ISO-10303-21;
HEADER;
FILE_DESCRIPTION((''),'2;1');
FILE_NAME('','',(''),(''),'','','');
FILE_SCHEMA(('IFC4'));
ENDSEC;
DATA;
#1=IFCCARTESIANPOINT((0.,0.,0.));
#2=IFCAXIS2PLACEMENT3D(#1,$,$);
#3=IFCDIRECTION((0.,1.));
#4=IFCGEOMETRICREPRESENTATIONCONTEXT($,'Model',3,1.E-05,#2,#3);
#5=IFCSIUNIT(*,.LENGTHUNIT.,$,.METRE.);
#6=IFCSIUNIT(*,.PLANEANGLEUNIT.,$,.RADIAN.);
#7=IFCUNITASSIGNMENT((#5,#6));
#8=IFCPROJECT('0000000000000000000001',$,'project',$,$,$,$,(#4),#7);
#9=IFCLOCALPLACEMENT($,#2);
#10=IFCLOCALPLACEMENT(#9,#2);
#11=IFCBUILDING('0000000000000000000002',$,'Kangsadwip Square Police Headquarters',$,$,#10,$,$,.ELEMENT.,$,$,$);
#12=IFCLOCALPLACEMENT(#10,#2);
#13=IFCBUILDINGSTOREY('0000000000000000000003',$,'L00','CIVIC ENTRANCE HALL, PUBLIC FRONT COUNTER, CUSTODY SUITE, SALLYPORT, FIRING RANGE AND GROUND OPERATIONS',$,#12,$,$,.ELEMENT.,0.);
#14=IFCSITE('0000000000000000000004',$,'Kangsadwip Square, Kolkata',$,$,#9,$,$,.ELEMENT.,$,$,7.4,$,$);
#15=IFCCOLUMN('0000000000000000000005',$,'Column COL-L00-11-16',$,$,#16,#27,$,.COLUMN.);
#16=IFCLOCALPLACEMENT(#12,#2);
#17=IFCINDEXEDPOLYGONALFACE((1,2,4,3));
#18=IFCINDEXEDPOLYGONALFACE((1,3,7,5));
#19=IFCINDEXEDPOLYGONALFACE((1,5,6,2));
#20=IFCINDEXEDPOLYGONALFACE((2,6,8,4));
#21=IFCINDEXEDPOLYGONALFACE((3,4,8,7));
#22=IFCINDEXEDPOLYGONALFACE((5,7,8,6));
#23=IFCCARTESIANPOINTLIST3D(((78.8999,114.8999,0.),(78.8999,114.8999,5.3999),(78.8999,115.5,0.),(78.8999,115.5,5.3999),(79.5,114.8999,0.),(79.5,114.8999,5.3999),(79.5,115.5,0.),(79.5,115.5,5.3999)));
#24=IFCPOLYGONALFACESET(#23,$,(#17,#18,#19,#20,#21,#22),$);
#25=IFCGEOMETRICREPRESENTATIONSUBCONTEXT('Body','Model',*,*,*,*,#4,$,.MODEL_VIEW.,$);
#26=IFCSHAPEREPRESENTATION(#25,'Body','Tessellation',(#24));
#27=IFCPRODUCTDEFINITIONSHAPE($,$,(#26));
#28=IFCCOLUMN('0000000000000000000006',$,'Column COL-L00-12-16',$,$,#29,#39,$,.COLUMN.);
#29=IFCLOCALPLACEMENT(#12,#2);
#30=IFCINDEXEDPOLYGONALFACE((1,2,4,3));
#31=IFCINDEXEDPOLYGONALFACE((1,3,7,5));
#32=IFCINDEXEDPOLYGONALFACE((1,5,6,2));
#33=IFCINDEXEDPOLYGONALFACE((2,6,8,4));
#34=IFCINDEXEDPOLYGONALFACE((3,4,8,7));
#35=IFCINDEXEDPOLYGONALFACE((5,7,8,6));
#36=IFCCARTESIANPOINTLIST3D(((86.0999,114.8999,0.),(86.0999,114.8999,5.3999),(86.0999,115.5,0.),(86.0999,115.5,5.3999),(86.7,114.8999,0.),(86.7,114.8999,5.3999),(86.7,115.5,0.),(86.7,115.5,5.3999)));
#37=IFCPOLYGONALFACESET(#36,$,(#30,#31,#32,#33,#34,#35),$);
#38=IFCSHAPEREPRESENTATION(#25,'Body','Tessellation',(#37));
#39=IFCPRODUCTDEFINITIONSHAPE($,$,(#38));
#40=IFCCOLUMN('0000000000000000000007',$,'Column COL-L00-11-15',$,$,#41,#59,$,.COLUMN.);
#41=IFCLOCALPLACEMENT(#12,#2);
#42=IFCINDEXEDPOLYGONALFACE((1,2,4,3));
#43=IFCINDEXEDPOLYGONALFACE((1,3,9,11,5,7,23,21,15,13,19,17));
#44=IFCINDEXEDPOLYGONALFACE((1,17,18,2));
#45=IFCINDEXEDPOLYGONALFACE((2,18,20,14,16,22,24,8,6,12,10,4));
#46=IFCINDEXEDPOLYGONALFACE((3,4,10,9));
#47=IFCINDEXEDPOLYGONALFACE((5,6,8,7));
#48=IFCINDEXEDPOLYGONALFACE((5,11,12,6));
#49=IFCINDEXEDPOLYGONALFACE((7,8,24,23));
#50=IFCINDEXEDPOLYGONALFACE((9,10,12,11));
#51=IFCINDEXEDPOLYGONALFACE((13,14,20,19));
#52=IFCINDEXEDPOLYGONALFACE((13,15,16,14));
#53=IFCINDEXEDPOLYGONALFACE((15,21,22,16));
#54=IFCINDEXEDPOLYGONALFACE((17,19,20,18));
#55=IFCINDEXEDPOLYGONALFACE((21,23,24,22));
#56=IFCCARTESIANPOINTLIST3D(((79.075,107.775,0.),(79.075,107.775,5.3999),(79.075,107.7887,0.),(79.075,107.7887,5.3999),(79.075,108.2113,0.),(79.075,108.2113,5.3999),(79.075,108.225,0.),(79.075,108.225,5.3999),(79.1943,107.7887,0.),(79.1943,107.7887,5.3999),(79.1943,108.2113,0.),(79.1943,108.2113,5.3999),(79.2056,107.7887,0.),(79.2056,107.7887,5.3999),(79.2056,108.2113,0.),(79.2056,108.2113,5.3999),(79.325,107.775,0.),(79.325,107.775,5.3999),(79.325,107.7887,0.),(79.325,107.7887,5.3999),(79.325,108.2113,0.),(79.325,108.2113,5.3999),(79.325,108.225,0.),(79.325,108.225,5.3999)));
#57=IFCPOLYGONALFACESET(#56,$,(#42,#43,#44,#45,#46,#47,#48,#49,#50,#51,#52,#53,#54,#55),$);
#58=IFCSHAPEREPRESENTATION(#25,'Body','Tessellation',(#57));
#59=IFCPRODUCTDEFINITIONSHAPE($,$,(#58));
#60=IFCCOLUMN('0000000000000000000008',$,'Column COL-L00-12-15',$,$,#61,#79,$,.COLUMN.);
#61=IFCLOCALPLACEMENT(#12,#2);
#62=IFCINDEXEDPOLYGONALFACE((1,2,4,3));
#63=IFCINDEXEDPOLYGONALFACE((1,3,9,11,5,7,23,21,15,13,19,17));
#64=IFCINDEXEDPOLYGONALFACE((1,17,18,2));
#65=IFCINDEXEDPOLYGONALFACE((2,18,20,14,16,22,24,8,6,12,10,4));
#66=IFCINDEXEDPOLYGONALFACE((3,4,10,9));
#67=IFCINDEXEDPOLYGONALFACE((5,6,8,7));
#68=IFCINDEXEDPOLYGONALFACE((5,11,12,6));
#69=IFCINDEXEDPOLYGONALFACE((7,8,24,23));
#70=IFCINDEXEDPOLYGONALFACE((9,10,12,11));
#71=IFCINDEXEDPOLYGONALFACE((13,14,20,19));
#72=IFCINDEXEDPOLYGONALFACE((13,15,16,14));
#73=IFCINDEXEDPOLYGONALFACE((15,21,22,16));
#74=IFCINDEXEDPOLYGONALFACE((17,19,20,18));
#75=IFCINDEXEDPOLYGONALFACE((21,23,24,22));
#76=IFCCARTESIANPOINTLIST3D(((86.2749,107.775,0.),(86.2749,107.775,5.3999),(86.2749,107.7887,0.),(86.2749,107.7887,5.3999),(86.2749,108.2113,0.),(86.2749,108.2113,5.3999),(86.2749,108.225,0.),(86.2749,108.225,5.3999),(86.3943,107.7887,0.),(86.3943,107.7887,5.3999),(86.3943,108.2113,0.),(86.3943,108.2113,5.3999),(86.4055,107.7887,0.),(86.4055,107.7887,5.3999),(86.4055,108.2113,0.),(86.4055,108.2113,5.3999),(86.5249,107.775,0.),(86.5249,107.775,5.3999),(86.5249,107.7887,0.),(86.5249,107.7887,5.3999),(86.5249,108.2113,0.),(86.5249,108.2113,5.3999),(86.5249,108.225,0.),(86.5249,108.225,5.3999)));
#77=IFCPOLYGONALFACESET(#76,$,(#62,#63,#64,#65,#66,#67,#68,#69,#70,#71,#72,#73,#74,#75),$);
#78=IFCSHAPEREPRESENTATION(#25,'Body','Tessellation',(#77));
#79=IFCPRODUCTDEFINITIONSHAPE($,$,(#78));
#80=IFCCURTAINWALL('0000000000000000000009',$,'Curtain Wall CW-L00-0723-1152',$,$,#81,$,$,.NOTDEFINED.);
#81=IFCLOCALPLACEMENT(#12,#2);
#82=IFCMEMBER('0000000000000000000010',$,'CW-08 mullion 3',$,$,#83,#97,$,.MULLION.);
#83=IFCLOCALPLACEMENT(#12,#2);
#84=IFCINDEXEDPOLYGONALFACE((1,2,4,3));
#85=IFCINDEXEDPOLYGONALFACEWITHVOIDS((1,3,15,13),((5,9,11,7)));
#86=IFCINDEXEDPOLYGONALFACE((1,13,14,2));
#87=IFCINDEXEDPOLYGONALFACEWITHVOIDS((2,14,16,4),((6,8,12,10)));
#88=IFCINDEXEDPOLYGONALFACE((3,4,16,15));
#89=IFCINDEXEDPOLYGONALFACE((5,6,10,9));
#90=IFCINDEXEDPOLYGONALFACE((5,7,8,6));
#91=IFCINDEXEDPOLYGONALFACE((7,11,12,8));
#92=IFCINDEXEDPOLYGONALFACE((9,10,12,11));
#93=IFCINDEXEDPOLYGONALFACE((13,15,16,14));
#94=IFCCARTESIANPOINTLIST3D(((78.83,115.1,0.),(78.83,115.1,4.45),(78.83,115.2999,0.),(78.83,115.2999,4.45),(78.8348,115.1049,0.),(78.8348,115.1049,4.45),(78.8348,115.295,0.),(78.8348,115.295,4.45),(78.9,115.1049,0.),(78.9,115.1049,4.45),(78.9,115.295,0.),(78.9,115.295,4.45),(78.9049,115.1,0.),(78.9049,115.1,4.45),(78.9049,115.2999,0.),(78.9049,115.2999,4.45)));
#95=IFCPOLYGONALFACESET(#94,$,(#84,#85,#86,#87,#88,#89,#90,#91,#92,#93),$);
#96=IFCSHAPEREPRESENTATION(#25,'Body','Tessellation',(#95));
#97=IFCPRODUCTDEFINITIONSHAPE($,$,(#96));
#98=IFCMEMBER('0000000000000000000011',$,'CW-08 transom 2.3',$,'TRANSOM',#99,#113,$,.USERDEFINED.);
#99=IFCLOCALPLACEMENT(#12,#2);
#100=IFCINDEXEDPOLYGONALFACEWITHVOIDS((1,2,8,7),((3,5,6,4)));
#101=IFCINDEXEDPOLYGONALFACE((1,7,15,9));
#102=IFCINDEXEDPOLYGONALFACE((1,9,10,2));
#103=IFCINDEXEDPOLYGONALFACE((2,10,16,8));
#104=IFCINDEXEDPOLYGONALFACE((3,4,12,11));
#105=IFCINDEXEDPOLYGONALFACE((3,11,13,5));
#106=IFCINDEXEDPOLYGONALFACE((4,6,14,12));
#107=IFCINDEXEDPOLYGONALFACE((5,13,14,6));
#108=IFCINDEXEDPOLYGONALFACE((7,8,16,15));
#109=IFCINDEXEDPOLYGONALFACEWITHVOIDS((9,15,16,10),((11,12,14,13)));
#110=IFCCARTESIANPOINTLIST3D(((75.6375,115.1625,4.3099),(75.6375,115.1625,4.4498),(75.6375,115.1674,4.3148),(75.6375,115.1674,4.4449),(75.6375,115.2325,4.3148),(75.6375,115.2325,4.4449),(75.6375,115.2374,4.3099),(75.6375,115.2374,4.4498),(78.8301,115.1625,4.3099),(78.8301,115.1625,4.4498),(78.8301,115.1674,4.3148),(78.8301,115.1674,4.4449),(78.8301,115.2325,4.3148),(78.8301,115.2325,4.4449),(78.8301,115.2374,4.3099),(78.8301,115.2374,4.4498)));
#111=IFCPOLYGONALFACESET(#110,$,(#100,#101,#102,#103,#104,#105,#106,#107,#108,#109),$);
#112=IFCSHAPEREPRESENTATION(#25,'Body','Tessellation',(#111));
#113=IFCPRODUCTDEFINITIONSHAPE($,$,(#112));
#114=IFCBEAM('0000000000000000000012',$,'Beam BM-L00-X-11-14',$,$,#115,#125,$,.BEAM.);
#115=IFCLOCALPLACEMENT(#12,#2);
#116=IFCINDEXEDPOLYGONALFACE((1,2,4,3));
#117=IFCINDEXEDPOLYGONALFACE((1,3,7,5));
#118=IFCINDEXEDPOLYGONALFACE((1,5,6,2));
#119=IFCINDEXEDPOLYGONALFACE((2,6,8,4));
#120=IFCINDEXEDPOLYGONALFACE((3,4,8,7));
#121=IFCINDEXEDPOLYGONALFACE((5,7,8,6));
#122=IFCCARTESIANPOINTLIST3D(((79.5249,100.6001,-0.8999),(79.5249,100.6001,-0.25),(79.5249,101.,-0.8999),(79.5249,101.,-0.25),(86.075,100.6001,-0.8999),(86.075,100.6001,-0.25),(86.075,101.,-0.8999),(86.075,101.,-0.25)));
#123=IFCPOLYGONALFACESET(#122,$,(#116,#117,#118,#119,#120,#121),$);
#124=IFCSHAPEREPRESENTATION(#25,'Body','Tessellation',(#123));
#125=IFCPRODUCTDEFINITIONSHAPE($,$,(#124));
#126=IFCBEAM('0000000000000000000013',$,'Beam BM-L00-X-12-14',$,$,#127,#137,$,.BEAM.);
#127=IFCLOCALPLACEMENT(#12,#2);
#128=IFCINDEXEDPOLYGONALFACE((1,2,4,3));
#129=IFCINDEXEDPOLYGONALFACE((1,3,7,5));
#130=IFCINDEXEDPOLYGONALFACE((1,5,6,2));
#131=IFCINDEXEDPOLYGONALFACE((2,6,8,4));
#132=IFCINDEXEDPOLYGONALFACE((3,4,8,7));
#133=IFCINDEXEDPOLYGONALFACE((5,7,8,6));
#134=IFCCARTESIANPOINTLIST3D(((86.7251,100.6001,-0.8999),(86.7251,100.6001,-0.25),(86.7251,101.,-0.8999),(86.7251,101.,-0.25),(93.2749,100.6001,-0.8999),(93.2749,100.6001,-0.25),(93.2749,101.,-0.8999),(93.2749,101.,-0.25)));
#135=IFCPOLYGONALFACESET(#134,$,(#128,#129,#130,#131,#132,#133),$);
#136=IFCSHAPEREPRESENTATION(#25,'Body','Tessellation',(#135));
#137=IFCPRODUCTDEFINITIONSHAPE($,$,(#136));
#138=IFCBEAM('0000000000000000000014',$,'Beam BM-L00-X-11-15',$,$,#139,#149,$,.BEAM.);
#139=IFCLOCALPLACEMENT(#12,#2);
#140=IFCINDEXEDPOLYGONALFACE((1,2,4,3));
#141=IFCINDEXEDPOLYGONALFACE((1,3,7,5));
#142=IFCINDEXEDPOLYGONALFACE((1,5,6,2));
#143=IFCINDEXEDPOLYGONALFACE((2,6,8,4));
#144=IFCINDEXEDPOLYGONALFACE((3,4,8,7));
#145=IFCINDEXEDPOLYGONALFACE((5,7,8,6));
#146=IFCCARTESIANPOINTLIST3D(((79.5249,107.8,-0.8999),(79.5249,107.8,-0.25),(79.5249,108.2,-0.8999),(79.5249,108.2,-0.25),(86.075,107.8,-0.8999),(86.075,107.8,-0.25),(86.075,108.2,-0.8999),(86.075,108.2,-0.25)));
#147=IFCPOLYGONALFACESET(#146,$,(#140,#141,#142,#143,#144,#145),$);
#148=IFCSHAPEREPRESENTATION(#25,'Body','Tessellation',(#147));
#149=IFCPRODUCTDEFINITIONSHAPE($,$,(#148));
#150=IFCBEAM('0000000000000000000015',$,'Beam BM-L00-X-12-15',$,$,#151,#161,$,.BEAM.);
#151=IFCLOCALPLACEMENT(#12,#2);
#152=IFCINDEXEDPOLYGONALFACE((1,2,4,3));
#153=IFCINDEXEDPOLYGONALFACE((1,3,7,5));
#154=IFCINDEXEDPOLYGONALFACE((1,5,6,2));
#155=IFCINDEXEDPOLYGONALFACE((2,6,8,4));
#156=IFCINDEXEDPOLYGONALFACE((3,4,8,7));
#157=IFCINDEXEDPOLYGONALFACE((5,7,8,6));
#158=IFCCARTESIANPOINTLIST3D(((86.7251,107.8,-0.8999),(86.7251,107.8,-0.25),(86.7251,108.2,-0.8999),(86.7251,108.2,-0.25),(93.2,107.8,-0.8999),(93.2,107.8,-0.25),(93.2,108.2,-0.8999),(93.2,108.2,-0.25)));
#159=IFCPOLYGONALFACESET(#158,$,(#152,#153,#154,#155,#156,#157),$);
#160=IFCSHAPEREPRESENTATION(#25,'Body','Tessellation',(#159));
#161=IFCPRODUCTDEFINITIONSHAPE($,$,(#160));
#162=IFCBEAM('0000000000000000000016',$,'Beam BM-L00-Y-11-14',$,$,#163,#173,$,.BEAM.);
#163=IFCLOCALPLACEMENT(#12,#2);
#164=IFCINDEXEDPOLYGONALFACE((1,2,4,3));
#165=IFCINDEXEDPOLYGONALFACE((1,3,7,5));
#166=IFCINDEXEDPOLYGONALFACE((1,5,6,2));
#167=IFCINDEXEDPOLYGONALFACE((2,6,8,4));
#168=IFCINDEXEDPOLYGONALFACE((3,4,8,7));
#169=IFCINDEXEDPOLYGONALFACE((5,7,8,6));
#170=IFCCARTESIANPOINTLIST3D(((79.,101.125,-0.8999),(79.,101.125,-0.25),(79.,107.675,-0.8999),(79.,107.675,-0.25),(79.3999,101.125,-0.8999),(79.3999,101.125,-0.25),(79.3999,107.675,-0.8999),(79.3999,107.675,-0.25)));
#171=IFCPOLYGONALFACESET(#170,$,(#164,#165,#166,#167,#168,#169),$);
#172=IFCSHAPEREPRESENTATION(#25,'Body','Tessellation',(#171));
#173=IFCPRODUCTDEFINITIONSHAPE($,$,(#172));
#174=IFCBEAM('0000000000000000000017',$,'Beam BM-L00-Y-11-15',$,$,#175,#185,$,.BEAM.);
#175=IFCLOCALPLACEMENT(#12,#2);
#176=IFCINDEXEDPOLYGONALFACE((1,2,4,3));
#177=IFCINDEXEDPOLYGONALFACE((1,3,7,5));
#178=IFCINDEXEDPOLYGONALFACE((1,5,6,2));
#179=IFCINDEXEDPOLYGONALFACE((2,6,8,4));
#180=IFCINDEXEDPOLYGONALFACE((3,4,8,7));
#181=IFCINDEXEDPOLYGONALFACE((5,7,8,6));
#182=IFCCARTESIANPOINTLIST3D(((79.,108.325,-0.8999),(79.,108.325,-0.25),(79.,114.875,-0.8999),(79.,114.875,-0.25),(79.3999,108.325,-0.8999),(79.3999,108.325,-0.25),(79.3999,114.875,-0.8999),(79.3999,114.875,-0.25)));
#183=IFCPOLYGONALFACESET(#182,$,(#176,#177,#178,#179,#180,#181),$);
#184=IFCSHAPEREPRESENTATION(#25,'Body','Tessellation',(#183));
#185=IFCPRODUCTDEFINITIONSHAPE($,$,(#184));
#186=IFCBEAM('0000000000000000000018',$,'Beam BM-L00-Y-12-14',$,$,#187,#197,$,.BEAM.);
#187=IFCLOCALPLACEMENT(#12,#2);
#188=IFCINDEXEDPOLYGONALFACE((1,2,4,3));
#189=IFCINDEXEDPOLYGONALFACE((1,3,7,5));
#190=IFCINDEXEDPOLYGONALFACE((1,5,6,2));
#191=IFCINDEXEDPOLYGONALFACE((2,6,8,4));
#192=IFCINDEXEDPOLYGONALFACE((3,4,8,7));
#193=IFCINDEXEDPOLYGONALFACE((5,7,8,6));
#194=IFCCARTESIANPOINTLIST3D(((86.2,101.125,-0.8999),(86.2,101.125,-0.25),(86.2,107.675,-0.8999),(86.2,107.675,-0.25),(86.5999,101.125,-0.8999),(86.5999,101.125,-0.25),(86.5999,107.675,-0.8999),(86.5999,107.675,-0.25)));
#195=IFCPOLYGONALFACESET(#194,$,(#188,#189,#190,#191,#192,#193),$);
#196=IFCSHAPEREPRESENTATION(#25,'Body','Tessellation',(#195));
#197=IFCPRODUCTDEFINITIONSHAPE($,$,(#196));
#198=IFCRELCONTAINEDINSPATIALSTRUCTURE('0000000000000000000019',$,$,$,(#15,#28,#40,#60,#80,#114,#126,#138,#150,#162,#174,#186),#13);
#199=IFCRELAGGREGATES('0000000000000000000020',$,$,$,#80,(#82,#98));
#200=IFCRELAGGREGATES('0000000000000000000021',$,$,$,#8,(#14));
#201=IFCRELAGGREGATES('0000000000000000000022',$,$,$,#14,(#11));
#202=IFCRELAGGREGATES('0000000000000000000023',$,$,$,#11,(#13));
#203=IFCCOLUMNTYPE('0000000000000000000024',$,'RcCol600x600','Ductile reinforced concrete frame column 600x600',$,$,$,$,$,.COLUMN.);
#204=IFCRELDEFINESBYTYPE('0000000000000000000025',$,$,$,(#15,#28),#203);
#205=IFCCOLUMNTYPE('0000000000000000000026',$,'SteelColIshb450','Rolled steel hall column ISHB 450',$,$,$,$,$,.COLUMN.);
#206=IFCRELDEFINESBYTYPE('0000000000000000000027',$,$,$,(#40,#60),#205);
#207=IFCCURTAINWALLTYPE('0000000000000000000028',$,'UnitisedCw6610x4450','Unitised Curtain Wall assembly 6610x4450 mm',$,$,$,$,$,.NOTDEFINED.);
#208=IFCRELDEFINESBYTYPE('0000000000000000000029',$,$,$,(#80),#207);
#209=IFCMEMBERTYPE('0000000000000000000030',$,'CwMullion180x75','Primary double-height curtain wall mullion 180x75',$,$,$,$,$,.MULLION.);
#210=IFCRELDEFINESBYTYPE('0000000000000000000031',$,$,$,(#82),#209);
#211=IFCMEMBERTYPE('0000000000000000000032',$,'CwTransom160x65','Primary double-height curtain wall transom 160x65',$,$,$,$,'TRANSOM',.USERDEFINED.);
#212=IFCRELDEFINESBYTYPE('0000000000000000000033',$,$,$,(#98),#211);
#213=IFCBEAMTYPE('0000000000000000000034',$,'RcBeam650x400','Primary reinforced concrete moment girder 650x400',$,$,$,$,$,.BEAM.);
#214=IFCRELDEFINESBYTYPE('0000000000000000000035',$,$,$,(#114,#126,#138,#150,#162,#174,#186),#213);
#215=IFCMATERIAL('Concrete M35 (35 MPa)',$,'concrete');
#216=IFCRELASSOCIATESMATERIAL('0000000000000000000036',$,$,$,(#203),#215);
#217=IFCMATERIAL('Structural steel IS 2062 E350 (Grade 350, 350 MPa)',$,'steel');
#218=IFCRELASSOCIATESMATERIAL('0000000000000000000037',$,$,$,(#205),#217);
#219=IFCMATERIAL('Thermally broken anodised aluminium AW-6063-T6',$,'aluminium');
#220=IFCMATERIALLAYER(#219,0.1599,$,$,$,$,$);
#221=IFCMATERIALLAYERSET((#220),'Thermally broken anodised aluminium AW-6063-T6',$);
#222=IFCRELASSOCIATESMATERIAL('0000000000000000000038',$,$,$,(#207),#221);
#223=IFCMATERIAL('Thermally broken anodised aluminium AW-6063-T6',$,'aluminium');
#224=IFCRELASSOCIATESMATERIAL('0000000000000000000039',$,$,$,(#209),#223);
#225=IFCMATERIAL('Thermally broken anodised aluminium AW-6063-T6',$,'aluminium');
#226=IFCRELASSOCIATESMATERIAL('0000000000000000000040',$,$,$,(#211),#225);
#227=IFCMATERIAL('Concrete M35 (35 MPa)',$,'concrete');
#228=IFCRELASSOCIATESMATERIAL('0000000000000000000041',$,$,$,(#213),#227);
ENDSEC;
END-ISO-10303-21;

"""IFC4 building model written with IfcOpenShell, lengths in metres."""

from ifc_helpers import new_model, si_unit, direction, frame, origin, origin_2d, place, context, subcontext, project, spatial, rectangle, hollow_rectangle, i_section, extrude, material, layer, layer_set, material_profile, profile_set, type_object, element, aggregate, save


model = new_model("IFC4")

# Units and contexts
model_context = context("Model", 3, precision=1e-05, world=origin(), true_north=direction((0.0, 1.0)))
body_context = subcontext(model_context, "Body", "Model", "MODEL_VIEW")
ifc_project = project(units=[si_unit("LENGTHUNIT", "METRE"), si_unit("PLANEANGLEUNIT", "RADIAN")], contexts=[model_context])

# Site, building, storey
site_placement = place(None, origin())
site = spatial("IfcSite", under=ifc_project, at=site_placement, Name="Kangsadwip Square, Kolkata", CompositionType="ELEMENT", RefElevation=7.4)
building_placement = place(site_placement, origin())
building = spatial("IfcBuilding", under=site, at=building_placement, Name="Kangsadwip Square Police Headquarters", CompositionType="ELEMENT")
storey_placement = place(building_placement, origin())
storey = spatial("IfcBuildingStorey", under=building, at=storey_placement, Name="L00", Description="CIVIC ENTRANCE HALL, PUBLIC FRONT COUNTER, CUSTODY SUITE, SALLYPORT, FIRING RANGE AND GROUND OPERATIONS", CompositionType="ELEMENT", Elevation=0.0)

# Columns
ifc_material_1 = material(Name="Concrete M35 (35 MPa)", Category="concrete")
ifc_material_profile_1 = material_profile(ifc_material_1, rectangle(XDim=0.6001, YDim=0.6001, at=origin_2d()), Name="RC COL 600X600")
ifc_profile_set_1 = profile_set([ifc_material_profile_1], Name="Concrete M35 (35 MPa)")
column_type_1 = type_object("IfcColumnType", Name="RcCol600x600", Description="Ductile reinforced concrete frame column 600x600", PredefinedType="COLUMN", material=ifc_profile_set_1)
for number, where, z_axis, x_axis, name in (
    (1, (79.2, 115.2, 0.0), (0.0, 0.0, 1.0), (1.0, 0.0, 0.0), "Column COL-L00-11-16"),
    (2, (86.3999, 115.2, 0.0), (0.0, 0.0, 1.0), (1.0, 0.0, 0.0), "Column COL-L00-12-16"),
):
    element("IfcColumn", number, at=place(storey_placement, frame(where, z_axis=z_axis, x_axis=x_axis)), inside=storey, type_object=column_type_1, Name=name, PredefinedType="COLUMN", context=body_context, shape_type="SweptSolid", body=[
        extrude(rectangle(XDim=0.6001, YDim=0.6001, at=origin_2d()), origin(), (0.0, 0.0, 1.0), 5.3999),
    ])
ifc_material_2 = material(Name="Structural steel IS 2062 E350 (Grade 350, 350 MPa)", Category="steel")
ifc_material_profile_2 = material_profile(ifc_material_2, i_section(OverallWidth=0.25, OverallDepth=0.45, WebThickness=0.0112, FlangeThickness=0.0137, at=origin_2d()), Name="ISHB 450")
ifc_profile_set_2 = profile_set([ifc_material_profile_2], Name="Structural steel IS 2062 E350 (Grade 350, 350 MPa)")
column_type_2 = type_object("IfcColumnType", Name="SteelColIshb450", Description="Rolled steel hall column ISHB 450", PredefinedType="COLUMN", material=ifc_profile_set_2)
for number, where, z_axis, x_axis, name in (
    (3, (79.2, 108.0, 0.0), (0.0, 0.0, 1.0), (1.0, 0.0, 0.0), "Column COL-L00-11-15"),
    (4, (86.3999, 108.0, 0.0), (0.0, 0.0, 1.0), (1.0, 0.0, 0.0), "Column COL-L00-12-15"),
):
    element("IfcColumn", number, at=place(storey_placement, frame(where, z_axis=z_axis, x_axis=x_axis)), inside=storey, type_object=column_type_2, Name=name, PredefinedType="COLUMN", context=body_context, shape_type="SweptSolid", body=[
        extrude(i_section(OverallWidth=0.25, OverallDepth=0.45, WebThickness=0.0112, FlangeThickness=0.0137, at=origin_2d()), origin(), (0.0, 0.0, 1.0), 5.3999),
    ])

# Curtain wall, members
ifc_material_3 = material(Name="Thermally broken anodised aluminium AW-6063-T6", Category="aluminium")
ifc_layer_1 = layer(ifc_material_3, 0.1599)
ifc_layer_set_1 = layer_set([ifc_layer_1], Name="Thermally broken anodised aluminium AW-6063-T6")
curtain_wall_type = type_object("IfcCurtainWallType", Name="UnitisedCw6610x4450", Description="Unitised Curtain Wall assembly 6610x4450 mm", PredefinedType="NOTDEFINED", material=ifc_layer_set_1)
curtain_wall_placement = place(storey_placement, origin())
curtain_wall = element("IfcCurtainWall", 5, at=curtain_wall_placement, inside=storey, type_object=curtain_wall_type, Name="Curtain Wall CW-L00-0723-1152", PredefinedType="NOTDEFINED")
ifc_material_4 = material(Name="Thermally broken anodised aluminium AW-6063-T6", Category="aluminium")
ifc_material_profile_3 = material_profile(ifc_material_4, hollow_rectangle(XDim=0.075, YDim=0.2, WallThickness=0.0049, at=origin_2d()), Name="CWM 200X75X5")
ifc_profile_set_3 = profile_set([ifc_material_profile_3], Name="Thermally broken anodised aluminium AW-6063-T6")
member_type_1 = type_object("IfcMemberType", Name="CwMullion180x75", Description="Primary double-height curtain wall mullion 180x75", PredefinedType="MULLION", material=ifc_profile_set_3)
member_1_placement = place(storey_placement, frame((78.8674, 115.2, 0.0), z_axis=(0.0, 0.0, 1.0), x_axis=(1.0, 0.0, 0.0)))
member_1 = element("IfcMember", 6, at=member_1_placement, type_object=member_type_1, Name="CW-08 mullion 3", PredefinedType="MULLION", context=body_context, shape_type="SweptSolid", body=[
    extrude(hollow_rectangle(XDim=0.075, YDim=0.2, WallThickness=0.0049, at=origin_2d()), origin(), (0.0, 0.0, 1.0), 4.45),
])
ifc_material_5 = material(Name="Thermally broken anodised aluminium AW-6063-T6", Category="aluminium")
ifc_material_profile_4 = material_profile(ifc_material_5, hollow_rectangle(XDim=0.075, YDim=0.1399, WallThickness=0.0049, at=origin_2d()), Name="CWT 140X75X5")
ifc_profile_set_4 = profile_set([ifc_material_profile_4], Name="Thermally broken anodised aluminium AW-6063-T6")
member_type_2 = type_object("IfcMemberType", Name="CwTransom160x65", Description="Primary double-height curtain wall transom 160x65", ElementType="TRANSOM", PredefinedType="USERDEFINED", material=ifc_profile_set_4)
member_2_placement = place(storey_placement, frame((75.6375, 115.2, 4.3799), z_axis=(1.0, 0.0, 0.0), x_axis=(0.0, 1.0, 0.0)))
member_2 = element("IfcMember", 7, at=member_2_placement, type_object=member_type_2, Name="CW-08 transom 2.3", ObjectType="TRANSOM", PredefinedType="USERDEFINED", context=body_context, shape_type="SweptSolid", body=[
    extrude(hollow_rectangle(XDim=0.075, YDim=0.1399, WallThickness=0.0049, at=origin_2d()), origin(), (0.0, 0.0, 1.0), 3.1926),
])

# Beams
ifc_material_6 = material(Name="Concrete M35 (35 MPa)", Category="concrete")
ifc_material_profile_5 = material_profile(ifc_material_6, rectangle(XDim=0.3999, YDim=0.6499, at=origin_2d()), Name="RC BM 650X400")
ifc_profile_set_5 = profile_set([ifc_material_profile_5], Name="Concrete M35 (35 MPa)")
beam_type_1 = type_object("IfcBeamType", Name="RcBeam650x400", Description="Primary reinforced concrete moment girder 650x400", PredefinedType="BEAM", material=ifc_profile_set_5)
beam_1_placement = place(storey_placement, frame((79.5249, 100.8, -0.575), z_axis=(1.0, 0.0, 0.0), x_axis=(0.0, 1.0, 0.0)))
element("IfcBeam", 8, at=beam_1_placement, inside=storey, type_object=beam_type_1, Name="Beam BM-L00-X-11-14", PredefinedType="BEAM", context=body_context, shape_type="SweptSolid", body=[
    extrude(rectangle(XDim=0.3999, YDim=0.6499, at=origin_2d()), origin(), (0.0, 0.0, 1.0), 6.55),
])
beam_2_placement = place(storey_placement, frame((86.7251, 100.8, -0.575), z_axis=(1.0, 0.0, 0.0), x_axis=(0.0, 1.0, 0.0)))
element("IfcBeam", 9, at=beam_2_placement, inside=storey, type_object=beam_type_1, Name="Beam BM-L00-X-12-14", PredefinedType="BEAM", context=body_context, shape_type="SweptSolid", body=[
    extrude(rectangle(XDim=0.3999, YDim=0.6499, at=origin_2d()), origin(), (0.0, 0.0, 1.0), 6.5498),
])
beam_3_placement = place(storey_placement, frame((79.5249, 108.0, -0.575), z_axis=(1.0, 0.0, 0.0), x_axis=(0.0, 1.0, 0.0)))
element("IfcBeam", 10, at=beam_3_placement, inside=storey, type_object=beam_type_1, Name="Beam BM-L00-X-11-15", PredefinedType="BEAM", context=body_context, shape_type="SweptSolid", body=[
    extrude(rectangle(XDim=0.3999, YDim=0.6499, at=origin_2d()), origin(), (0.0, 0.0, 1.0), 6.55),
])
beam_4_placement = place(storey_placement, frame((86.7251, 108.0, -0.575), z_axis=(1.0, 0.0, 0.0), x_axis=(0.0, 1.0, 0.0)))
element("IfcBeam", 11, at=beam_4_placement, inside=storey, type_object=beam_type_1, Name="Beam BM-L00-X-12-15", PredefinedType="BEAM", context=body_context, shape_type="SweptSolid", body=[
    extrude(rectangle(XDim=0.3999, YDim=0.6499, at=origin_2d()), origin(), (0.0, 0.0, 1.0), 6.4749),
])
for number, where, z_axis, x_axis, name in (
    (12, (79.2, 101.125, -0.575), (0.0, 1.0, 0.0), (-1.0, 0.0, 0.0), "Beam BM-L00-Y-11-14"),
    (13, (79.2, 108.325, -0.575), (0.0, 1.0, 0.0), (-1.0, 0.0, 0.0), "Beam BM-L00-Y-11-15"),
    (14, (86.3999, 101.125, -0.575), (0.0, 1.0, 0.0), (-1.0, 0.0, 0.0), "Beam BM-L00-Y-12-14"),
):
    element("IfcBeam", number, at=place(storey_placement, frame(where, z_axis=z_axis, x_axis=x_axis)), inside=storey, type_object=beam_type_1, Name=name, PredefinedType="BEAM", context=body_context, shape_type="SweptSolid", body=[
        extrude(rectangle(XDim=0.3999, YDim=0.6499, at=origin_2d()), origin(), (0.0, 0.0, 1.0), 6.55),
    ])

aggregate(curtain_wall, [member_1, member_2])

save(model, "model.ifc")
